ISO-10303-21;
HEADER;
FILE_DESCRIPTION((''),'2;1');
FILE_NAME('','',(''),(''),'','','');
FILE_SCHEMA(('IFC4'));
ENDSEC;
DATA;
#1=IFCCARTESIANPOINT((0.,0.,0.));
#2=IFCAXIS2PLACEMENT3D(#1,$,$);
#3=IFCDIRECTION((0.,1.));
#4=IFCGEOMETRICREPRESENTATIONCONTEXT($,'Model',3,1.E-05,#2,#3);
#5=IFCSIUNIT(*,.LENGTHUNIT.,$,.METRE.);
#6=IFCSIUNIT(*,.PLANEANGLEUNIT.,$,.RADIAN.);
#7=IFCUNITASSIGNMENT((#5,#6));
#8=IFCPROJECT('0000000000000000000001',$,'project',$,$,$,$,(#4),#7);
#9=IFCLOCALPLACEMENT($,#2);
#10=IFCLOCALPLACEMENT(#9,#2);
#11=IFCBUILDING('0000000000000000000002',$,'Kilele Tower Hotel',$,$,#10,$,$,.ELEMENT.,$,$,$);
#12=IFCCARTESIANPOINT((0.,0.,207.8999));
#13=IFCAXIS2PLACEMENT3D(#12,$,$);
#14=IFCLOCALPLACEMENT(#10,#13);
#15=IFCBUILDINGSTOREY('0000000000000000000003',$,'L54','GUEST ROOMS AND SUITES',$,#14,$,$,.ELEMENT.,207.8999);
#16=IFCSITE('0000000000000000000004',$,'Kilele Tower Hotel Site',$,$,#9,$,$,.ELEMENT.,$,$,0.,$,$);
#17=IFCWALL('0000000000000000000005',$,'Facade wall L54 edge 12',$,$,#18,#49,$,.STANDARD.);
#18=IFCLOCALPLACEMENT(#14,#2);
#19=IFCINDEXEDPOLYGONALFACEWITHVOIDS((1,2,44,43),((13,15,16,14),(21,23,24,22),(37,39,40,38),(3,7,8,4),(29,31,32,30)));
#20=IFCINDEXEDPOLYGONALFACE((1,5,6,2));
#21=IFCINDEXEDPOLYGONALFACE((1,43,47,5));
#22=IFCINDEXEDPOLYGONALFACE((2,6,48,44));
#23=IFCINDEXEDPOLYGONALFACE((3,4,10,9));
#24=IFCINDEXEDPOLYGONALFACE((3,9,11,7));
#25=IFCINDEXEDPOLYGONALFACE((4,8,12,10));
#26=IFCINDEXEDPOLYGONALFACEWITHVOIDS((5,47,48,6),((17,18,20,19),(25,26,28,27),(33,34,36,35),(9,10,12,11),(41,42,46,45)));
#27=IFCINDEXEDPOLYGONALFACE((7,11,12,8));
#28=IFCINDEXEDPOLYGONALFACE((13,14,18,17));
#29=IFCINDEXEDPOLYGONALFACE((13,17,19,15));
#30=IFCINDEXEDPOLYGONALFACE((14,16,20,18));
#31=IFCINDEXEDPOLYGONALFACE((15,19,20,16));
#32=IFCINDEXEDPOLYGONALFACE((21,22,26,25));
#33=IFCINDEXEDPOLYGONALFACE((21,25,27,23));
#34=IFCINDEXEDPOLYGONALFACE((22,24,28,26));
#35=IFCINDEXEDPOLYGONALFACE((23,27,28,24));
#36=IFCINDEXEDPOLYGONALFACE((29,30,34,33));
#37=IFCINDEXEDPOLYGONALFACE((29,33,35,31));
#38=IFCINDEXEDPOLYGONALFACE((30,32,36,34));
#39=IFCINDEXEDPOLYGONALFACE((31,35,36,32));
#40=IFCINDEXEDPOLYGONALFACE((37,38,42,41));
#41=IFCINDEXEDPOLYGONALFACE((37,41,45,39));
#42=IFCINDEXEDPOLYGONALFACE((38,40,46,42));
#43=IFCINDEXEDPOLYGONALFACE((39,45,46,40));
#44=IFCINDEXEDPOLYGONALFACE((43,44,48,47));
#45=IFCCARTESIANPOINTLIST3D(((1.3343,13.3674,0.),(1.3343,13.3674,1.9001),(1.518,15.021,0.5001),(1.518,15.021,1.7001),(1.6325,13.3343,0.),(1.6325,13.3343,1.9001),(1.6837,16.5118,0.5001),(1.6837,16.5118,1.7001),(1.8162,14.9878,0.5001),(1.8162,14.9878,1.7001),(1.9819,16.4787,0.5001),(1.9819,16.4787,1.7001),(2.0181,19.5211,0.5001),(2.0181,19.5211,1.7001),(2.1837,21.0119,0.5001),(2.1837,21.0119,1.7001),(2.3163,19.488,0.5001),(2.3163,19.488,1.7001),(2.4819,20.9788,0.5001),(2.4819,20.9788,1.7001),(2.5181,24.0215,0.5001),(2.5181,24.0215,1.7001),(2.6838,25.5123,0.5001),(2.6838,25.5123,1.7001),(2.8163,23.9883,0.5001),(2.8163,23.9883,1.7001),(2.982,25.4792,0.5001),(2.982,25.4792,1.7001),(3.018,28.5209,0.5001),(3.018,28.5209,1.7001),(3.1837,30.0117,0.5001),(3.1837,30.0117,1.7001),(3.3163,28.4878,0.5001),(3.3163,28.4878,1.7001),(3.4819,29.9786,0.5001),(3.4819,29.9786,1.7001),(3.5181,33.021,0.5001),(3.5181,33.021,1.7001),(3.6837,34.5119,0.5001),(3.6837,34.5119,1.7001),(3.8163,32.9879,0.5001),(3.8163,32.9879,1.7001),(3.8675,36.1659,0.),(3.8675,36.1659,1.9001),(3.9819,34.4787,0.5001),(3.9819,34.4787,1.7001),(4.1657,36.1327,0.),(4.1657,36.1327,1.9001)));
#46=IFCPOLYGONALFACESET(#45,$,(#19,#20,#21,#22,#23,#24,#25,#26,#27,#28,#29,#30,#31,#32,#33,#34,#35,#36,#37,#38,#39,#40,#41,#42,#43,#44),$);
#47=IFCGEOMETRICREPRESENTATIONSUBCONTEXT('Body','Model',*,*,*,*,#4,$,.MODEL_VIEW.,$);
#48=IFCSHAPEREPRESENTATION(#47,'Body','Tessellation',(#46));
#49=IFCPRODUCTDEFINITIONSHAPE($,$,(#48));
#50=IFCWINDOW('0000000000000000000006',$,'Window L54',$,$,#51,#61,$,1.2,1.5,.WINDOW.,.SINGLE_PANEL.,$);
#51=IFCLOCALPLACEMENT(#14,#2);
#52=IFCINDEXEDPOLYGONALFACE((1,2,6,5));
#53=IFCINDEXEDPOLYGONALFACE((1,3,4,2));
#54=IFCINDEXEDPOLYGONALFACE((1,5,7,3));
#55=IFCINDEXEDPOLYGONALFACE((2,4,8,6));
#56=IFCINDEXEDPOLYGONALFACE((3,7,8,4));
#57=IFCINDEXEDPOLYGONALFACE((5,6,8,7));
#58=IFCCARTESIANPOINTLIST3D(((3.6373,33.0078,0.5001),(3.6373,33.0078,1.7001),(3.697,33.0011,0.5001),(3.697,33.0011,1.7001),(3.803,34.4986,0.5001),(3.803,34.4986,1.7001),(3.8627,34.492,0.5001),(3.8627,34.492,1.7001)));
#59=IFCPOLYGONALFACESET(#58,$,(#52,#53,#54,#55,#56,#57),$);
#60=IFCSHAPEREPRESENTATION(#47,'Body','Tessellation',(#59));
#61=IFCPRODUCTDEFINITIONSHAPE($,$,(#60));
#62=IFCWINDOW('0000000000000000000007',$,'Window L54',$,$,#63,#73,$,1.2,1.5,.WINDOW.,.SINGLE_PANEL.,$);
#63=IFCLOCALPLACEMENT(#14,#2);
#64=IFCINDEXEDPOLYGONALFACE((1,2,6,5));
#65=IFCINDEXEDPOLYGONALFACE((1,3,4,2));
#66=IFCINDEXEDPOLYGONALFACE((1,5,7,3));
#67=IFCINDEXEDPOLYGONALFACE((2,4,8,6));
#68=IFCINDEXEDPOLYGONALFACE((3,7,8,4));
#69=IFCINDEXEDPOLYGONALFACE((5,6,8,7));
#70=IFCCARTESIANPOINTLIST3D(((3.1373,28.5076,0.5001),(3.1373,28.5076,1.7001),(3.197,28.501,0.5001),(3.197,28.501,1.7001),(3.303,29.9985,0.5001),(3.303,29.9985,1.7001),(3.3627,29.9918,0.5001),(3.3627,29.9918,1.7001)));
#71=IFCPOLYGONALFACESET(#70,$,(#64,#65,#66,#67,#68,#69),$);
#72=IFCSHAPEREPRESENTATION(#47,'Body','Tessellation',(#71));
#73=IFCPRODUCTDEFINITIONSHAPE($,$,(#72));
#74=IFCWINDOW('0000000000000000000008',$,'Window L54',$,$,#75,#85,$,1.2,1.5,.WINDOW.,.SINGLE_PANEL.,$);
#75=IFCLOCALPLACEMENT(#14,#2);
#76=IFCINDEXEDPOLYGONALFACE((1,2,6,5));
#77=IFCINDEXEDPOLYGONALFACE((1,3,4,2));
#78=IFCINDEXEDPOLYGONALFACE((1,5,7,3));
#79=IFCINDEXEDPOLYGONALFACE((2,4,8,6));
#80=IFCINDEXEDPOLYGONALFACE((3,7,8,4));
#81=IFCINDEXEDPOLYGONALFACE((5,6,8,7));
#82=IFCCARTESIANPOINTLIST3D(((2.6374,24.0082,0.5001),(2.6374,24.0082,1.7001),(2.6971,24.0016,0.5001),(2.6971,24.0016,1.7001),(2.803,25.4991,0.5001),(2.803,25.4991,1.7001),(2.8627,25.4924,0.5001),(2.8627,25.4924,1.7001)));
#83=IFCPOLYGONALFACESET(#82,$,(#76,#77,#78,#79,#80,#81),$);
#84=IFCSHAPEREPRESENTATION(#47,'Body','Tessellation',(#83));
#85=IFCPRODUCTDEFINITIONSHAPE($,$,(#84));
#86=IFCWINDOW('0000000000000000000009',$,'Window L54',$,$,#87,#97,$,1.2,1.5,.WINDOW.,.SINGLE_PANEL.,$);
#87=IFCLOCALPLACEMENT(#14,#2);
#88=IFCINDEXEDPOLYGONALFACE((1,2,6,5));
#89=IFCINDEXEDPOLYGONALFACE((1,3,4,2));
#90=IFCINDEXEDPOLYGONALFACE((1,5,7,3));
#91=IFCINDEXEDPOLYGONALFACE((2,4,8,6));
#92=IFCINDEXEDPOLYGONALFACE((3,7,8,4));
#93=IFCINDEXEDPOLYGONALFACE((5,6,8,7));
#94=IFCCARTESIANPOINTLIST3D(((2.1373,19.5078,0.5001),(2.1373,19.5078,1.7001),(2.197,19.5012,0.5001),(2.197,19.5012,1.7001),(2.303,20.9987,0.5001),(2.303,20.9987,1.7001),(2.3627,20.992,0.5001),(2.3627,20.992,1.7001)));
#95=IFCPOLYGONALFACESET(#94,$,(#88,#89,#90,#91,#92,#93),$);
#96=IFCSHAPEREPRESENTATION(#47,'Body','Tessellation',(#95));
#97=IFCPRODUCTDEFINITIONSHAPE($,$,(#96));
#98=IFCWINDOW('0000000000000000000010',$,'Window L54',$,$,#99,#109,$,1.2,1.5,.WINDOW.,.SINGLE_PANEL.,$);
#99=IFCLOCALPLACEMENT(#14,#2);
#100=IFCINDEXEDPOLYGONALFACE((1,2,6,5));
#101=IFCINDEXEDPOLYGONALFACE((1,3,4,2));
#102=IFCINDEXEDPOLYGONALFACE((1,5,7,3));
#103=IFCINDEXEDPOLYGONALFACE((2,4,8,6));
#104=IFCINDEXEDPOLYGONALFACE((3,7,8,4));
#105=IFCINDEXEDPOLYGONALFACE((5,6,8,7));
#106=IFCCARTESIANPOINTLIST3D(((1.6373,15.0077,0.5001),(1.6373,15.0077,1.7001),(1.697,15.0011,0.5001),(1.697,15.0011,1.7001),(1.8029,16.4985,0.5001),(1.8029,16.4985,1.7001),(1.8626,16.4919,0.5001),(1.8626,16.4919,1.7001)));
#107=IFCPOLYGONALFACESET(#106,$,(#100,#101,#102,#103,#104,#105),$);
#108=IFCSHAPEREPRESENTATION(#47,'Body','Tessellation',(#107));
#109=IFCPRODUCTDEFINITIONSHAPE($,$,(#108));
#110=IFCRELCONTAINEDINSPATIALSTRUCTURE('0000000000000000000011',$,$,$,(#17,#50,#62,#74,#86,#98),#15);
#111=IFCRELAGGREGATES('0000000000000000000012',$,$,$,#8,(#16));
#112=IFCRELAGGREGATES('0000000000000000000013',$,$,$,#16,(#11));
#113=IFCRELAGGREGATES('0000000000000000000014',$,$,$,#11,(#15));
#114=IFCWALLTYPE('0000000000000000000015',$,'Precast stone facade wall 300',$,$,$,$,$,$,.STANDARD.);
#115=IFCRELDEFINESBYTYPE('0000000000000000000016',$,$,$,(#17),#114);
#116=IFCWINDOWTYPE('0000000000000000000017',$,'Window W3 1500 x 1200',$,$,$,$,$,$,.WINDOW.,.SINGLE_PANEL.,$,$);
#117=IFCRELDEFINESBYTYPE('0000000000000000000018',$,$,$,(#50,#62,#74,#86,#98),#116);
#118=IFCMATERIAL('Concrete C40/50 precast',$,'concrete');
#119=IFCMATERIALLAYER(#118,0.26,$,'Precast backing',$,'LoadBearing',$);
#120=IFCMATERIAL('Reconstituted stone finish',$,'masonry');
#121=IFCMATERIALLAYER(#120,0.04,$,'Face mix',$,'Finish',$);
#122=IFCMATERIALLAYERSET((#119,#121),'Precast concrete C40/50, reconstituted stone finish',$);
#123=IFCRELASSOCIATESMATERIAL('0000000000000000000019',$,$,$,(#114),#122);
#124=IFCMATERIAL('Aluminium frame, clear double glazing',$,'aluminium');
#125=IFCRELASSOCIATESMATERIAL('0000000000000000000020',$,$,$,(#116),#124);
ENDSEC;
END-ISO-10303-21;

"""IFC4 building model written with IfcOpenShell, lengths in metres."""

from ifc_helpers import new_model, si_unit, direction, frame, frame_2d, origin, place, context, subcontext, project, spatial, rectangle, extrude, material, layer, layer_set, type_object, element, fill, save


model = new_model("IFC4")

# Units and contexts
model_context = context("Model", 3, precision=1e-05, world=origin(), true_north=direction((0.0, 1.0)))
body_context = subcontext(model_context, "Body", "Model", "MODEL_VIEW")
ifc_project = project(units=[si_unit("LENGTHUNIT", "METRE"), si_unit("PLANEANGLEUNIT", "RADIAN")], contexts=[model_context])

# Site, building, storey
site_placement = place(None, origin())
site = spatial("IfcSite", under=ifc_project, at=site_placement, Name="Kilele Tower Hotel Site", CompositionType="ELEMENT", RefElevation=0.0)
building_placement = place(site_placement, origin())
building = spatial("IfcBuilding", under=site, at=building_placement, Name="Kilele Tower Hotel", CompositionType="ELEMENT")
storey_placement = place(building_placement, frame((0.0, 0.0, 207.8999)))
storey = spatial("IfcBuildingStorey", under=building, at=storey_placement, Name="L54", Description="GUEST ROOMS AND SUITES", CompositionType="ELEMENT", Elevation=207.8999)

# Shared definitions
ifc_material_1 = material(Name="Concrete C40/50 precast", Category="concrete")
ifc_layer_1 = layer(ifc_material_1, 0.26, Name="Precast backing", Category="LoadBearing")
ifc_material_2 = material(Name="Reconstituted stone finish", Category="masonry")
ifc_layer_2 = layer(ifc_material_2, 0.04, Name="Face mix", Category="Finish")
ifc_layer_set_1 = layer_set([ifc_layer_1, ifc_layer_2], Name="Precast concrete C40/50, reconstituted stone finish")
wall_type_1 = type_object("IfcWallType", Name="Precast stone facade wall 300", PredefinedType="STANDARD", material=ifc_layer_set_1)
ifc_material_3 = material(Name="Aluminium frame, clear double glazing", Category="aluminium")
window_type_1 = type_object("IfcWindowType", Name="Window W3 1500 x 1200", PartitioningType="SINGLE_PANEL", PredefinedType="WINDOW", material=ifc_material_3)

# Wall, openings, windows
wall_1_placement = place(storey_placement, frame((4.0166, 36.1492, 0.0), z_axis=(0.0, 0.0, 1.0), x_axis=(-0.110434, -0.993883, 0.0)))
wall_1 = element("IfcWall", 1, at=wall_1_placement, inside=storey, type_object=wall_type_1, Name="Facade wall L54 edge 12", PredefinedType="STANDARD", context=body_context, shape_type="SweptSolid", body=[
    extrude(rectangle(XDim=22.9387, YDim=0.3, at=frame_2d((11.4692, 0.0))), origin(), (0.0, 0.0, 1.0), 1.9001),
])
opening_1_placement = place(wall_1_placement, frame((1.6641, 0.0, 0.5)))
opening_1 = element("IfcOpeningElement", 2, at=opening_1_placement, cuts=wall_1, PredefinedType="OPENING", context=body_context, shape_type="SweptSolid", body=[
    extrude(rectangle(XDim=1.5, YDim=1.2, at=frame_2d((0.75, 0.6001))), frame((0.0, 0.1599, 0.0), z_axis=(0.0, -1.0, 0.0), x_axis=(1.0, 0.0, 0.0)), (0.0, 0.0, 1.0), 0.3201),
])
opening_2_placement = place(wall_1_placement, frame((6.1919, 0.0, 0.5)))
opening_2 = element("IfcOpeningElement", 3, at=opening_2_placement, cuts=wall_1, PredefinedType="OPENING", context=body_context, shape_type="SweptSolid", body=[
    extrude(rectangle(XDim=1.5, YDim=1.2, at=frame_2d((0.75, 0.6001))), frame((0.0, 0.1599, 0.0), z_axis=(0.0, -1.0, 0.0), x_axis=(1.0, 0.0, 0.0)), (0.0, 0.0, 1.0), 0.3201),
])
opening_3_placement = place(wall_1_placement, frame((10.719, 0.0, 0.5)))
opening_3 = element("IfcOpeningElement", 4, at=opening_3_placement, cuts=wall_1, PredefinedType="OPENING", context=body_context, shape_type="SweptSolid", body=[
    extrude(rectangle(XDim=1.5, YDim=1.2, at=frame_2d((0.75, 0.6001))), frame((0.0, 0.1599, 0.0), z_axis=(0.0, -1.0, 0.0), x_axis=(1.0, 0.0, 0.0)), (0.0, 0.0, 1.0), 0.3201),
])
opening_4_placement = place(wall_1_placement, frame((15.2471, 0.0, 0.5)))
opening_4 = element("IfcOpeningElement", 5, at=opening_4_placement, cuts=wall_1, PredefinedType="OPENING", context=body_context, shape_type="SweptSolid", body=[
    extrude(rectangle(XDim=1.5, YDim=1.2, at=frame_2d((0.75, 0.6001))), frame((0.0, 0.1599, 0.0), z_axis=(0.0, -1.0, 0.0), x_axis=(1.0, 0.0, 0.0)), (0.0, 0.0, 1.0), 0.3201),
])
opening_5_placement = place(wall_1_placement, frame((19.7749, 0.0, 0.5)))
opening_5 = element("IfcOpeningElement", 6, at=opening_5_placement, cuts=wall_1, PredefinedType="OPENING", context=body_context, shape_type="SweptSolid", body=[
    extrude(rectangle(XDim=1.5, YDim=1.2, at=frame_2d((0.75, 0.6001))), frame((0.0, 0.1599, 0.0), z_axis=(0.0, -1.0, 0.0), x_axis=(1.0, 0.0, 0.0)), (0.0, 0.0, 1.0), 0.3201),
])
window_1_placement = place(opening_1_placement, origin())
window_1 = element("IfcWindow", 7, at=window_1_placement, inside=storey, type_object=window_type_1, Name="Window L54", OverallHeight=1.2, OverallWidth=1.5, PartitioningType="SINGLE_PANEL", PredefinedType="WINDOW", context=body_context, shape_type="SweptSolid", body=[
    extrude(rectangle(XDim=1.5, YDim=1.2, at=frame_2d((0.75, 0.6001))), frame((0.0, 0.03, 0.0), z_axis=(0.0, -1.0, 0.0), x_axis=(1.0, 0.0, 0.0)), (0.0, 0.0, 1.0), 0.0601),
])
fill(opening_1, window_1)
window_2_placement = place(opening_2_placement, origin())
window_2 = element("IfcWindow", 8, at=window_2_placement, inside=storey, type_object=window_type_1, Name="Window L54", OverallHeight=1.2, OverallWidth=1.5, PartitioningType="SINGLE_PANEL", PredefinedType="WINDOW", context=body_context, shape_type="SweptSolid", body=[
    extrude(rectangle(XDim=1.5, YDim=1.2, at=frame_2d((0.75, 0.6001))), frame((0.0, 0.03, 0.0), z_axis=(0.0, -1.0, 0.0), x_axis=(1.0, 0.0, 0.0)), (0.0, 0.0, 1.0), 0.0601),
])
fill(opening_2, window_2)
window_3_placement = place(opening_3_placement, origin())
window_3 = element("IfcWindow", 9, at=window_3_placement, inside=storey, type_object=window_type_1, Name="Window L54", OverallHeight=1.2, OverallWidth=1.5, PartitioningType="SINGLE_PANEL", PredefinedType="WINDOW", context=body_context, shape_type="SweptSolid", body=[
    extrude(rectangle(XDim=1.5, YDim=1.2, at=frame_2d((0.75, 0.6001))), frame((0.0, 0.03, 0.0), z_axis=(0.0, -1.0, 0.0), x_axis=(1.0, 0.0, 0.0)), (0.0, 0.0, 1.0), 0.0601),
])
fill(opening_3, window_3)
window_4_placement = place(opening_4_placement, origin())
window_4 = element("IfcWindow", 10, at=window_4_placement, inside=storey, type_object=window_type_1, Name="Window L54", OverallHeight=1.2, OverallWidth=1.5, PartitioningType="SINGLE_PANEL", PredefinedType="WINDOW", context=body_context, shape_type="SweptSolid", body=[
    extrude(rectangle(XDim=1.5, YDim=1.2, at=frame_2d((0.75, 0.6001))), frame((0.0, 0.03, 0.0), z_axis=(0.0, -1.0, 0.0), x_axis=(1.0, 0.0, 0.0)), (0.0, 0.0, 1.0), 0.0601),
])
fill(opening_4, window_4)
window_5_placement = place(opening_5_placement, origin())
window_5 = element("IfcWindow", 11, at=window_5_placement, inside=storey, type_object=window_type_1, Name="Window L54", OverallHeight=1.2, OverallWidth=1.5, PartitioningType="SINGLE_PANEL", PredefinedType="WINDOW", context=body_context, shape_type="SweptSolid", body=[
    extrude(rectangle(XDim=1.5, YDim=1.2, at=frame_2d((0.75, 0.6001))), frame((0.0, 0.03, 0.0), z_axis=(0.0, -1.0, 0.0), x_axis=(1.0, 0.0, 0.0)), (0.0, 0.0, 1.0), 0.0601),
])
fill(opening_5, window_5)

save(model, "model.ifc")
